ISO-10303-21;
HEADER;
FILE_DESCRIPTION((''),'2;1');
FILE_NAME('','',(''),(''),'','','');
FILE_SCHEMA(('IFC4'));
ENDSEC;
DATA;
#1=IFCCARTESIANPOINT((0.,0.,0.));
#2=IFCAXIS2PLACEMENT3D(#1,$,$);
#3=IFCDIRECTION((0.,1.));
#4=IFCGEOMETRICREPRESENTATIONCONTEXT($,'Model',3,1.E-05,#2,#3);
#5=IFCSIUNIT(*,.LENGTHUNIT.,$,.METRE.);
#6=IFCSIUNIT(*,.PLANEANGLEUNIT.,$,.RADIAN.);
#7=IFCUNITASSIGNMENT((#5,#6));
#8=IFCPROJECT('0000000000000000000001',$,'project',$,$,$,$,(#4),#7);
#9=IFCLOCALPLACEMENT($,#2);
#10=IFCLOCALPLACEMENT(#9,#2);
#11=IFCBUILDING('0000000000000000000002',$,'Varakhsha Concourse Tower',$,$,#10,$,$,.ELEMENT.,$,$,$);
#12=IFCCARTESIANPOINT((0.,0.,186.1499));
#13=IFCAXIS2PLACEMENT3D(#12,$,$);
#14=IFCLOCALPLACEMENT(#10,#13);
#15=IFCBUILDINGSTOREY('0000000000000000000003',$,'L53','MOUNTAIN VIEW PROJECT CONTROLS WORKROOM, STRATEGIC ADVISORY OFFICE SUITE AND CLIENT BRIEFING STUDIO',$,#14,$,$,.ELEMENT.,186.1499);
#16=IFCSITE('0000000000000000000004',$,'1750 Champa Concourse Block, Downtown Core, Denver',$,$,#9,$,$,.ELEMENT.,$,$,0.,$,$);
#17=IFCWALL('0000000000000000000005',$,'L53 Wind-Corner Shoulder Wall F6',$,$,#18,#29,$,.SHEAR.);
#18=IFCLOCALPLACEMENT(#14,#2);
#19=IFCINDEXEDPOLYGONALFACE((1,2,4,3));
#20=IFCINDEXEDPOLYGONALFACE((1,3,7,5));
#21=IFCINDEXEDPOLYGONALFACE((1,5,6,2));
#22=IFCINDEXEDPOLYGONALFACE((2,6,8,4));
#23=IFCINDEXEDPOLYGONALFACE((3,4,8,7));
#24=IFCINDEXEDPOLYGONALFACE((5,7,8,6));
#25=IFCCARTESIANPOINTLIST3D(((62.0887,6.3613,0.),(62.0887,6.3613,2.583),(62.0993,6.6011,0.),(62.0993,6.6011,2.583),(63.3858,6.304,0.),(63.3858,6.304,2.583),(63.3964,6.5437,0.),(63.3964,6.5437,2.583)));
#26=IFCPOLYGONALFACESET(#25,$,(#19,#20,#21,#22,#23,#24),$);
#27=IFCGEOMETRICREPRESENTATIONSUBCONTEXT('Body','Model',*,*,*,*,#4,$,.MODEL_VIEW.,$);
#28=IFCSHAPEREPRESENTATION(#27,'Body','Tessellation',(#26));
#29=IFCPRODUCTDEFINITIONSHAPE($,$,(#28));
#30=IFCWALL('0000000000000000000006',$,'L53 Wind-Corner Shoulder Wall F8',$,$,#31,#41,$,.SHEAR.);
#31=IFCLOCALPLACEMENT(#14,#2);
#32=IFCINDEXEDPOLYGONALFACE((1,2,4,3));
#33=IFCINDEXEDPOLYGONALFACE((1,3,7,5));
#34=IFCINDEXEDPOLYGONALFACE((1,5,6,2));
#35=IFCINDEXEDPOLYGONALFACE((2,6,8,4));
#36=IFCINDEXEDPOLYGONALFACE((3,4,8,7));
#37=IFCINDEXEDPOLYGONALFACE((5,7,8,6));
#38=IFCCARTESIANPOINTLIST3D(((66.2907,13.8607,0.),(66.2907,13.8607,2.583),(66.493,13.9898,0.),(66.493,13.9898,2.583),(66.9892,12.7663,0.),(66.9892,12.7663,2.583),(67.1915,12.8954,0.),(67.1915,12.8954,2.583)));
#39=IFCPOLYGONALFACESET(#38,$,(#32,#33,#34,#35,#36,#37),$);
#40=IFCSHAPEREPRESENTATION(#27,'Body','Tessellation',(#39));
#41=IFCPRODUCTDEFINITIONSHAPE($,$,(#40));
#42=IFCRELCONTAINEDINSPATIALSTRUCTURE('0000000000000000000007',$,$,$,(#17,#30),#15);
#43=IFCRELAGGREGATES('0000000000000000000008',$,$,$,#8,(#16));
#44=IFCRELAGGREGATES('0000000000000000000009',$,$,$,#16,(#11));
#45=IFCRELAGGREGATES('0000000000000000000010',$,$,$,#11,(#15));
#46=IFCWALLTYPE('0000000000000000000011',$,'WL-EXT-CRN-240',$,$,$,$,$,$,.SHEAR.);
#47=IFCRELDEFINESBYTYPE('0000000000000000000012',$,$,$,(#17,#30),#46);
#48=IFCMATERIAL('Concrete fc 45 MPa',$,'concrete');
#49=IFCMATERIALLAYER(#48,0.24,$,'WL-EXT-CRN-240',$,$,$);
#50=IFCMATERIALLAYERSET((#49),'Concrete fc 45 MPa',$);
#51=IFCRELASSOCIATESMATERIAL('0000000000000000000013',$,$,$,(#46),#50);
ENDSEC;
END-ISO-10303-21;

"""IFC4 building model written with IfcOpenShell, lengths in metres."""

from ifc_helpers import new_model, si_unit, direction, frame, frame_2d, origin, place, context, subcontext, project, spatial, rectangle, extrude, material, layer, layer_set, type_object, element, save


model = new_model("IFC4")

# Units and contexts
model_context = context("Model", 3, precision=1e-05, world=origin(), true_north=direction((0.0, 1.0)))
body_context = subcontext(model_context, "Body", "Model", "MODEL_VIEW")
ifc_project = project(units=[si_unit("LENGTHUNIT", "METRE"), si_unit("PLANEANGLEUNIT", "RADIAN")], contexts=[model_context])

# Site, building, storey
site_placement = place(None, origin())
site = spatial("IfcSite", under=ifc_project, at=site_placement, Name="1750 Champa Concourse Block, Downtown Core, Denver", CompositionType="ELEMENT", RefElevation=0.0)
building_placement = place(site_placement, origin())
building = spatial("IfcBuilding", under=site, at=building_placement, Name="Varakhsha Concourse Tower", CompositionType="ELEMENT")
storey_placement = place(building_placement, frame((0.0, 0.0, 186.1499)))
storey = spatial("IfcBuildingStorey", under=building, at=storey_placement, Name="L53", Description="MOUNTAIN VIEW PROJECT CONTROLS WORKROOM, STRATEGIC ADVISORY OFFICE SUITE AND CLIENT BRIEFING STUDIO", CompositionType="ELEMENT", Elevation=186.1499)

# Walls
ifc_material_1 = material(Name="Concrete fc 45 MPa", Category="concrete")
ifc_layer_1 = layer(ifc_material_1, 0.24, Name="WL-EXT-CRN-240")
ifc_layer_set_1 = layer_set([ifc_layer_1], Name="Concrete fc 45 MPa")
wall_type = type_object("IfcWallType", Name="WL-EXT-CRN-240", PredefinedType="SHEAR", material=ifc_layer_set_1)
for number, where, z_axis, x_axis, name in (
    (1, (62.094, 6.4812, 0.0), (0.0, 0.0, 1.0), (0.999023, -0.044188, 0.0), "L53 Wind-Corner Shoulder Wall F6"),
    (2, (67.0903, 12.8308, 0.0), (0.0, 0.0, 1.0), (-0.53797, 0.842964, 0.0), "L53 Wind-Corner Shoulder Wall F8"),
):
    element("IfcWall", number, at=place(storey_placement, frame(where, z_axis=z_axis, x_axis=x_axis)), inside=storey, type_object=wall_type, Name=name, PredefinedType="SHEAR", context=body_context, shape_type="SweptSolid", body=[
        extrude(rectangle(XDim=1.2983, YDim=0.24, at=frame_2d((0.6492, 0.0))), origin(), (0.0, 0.0, 1.0), 2.583),
    ])

save(model, "model.ifc")
